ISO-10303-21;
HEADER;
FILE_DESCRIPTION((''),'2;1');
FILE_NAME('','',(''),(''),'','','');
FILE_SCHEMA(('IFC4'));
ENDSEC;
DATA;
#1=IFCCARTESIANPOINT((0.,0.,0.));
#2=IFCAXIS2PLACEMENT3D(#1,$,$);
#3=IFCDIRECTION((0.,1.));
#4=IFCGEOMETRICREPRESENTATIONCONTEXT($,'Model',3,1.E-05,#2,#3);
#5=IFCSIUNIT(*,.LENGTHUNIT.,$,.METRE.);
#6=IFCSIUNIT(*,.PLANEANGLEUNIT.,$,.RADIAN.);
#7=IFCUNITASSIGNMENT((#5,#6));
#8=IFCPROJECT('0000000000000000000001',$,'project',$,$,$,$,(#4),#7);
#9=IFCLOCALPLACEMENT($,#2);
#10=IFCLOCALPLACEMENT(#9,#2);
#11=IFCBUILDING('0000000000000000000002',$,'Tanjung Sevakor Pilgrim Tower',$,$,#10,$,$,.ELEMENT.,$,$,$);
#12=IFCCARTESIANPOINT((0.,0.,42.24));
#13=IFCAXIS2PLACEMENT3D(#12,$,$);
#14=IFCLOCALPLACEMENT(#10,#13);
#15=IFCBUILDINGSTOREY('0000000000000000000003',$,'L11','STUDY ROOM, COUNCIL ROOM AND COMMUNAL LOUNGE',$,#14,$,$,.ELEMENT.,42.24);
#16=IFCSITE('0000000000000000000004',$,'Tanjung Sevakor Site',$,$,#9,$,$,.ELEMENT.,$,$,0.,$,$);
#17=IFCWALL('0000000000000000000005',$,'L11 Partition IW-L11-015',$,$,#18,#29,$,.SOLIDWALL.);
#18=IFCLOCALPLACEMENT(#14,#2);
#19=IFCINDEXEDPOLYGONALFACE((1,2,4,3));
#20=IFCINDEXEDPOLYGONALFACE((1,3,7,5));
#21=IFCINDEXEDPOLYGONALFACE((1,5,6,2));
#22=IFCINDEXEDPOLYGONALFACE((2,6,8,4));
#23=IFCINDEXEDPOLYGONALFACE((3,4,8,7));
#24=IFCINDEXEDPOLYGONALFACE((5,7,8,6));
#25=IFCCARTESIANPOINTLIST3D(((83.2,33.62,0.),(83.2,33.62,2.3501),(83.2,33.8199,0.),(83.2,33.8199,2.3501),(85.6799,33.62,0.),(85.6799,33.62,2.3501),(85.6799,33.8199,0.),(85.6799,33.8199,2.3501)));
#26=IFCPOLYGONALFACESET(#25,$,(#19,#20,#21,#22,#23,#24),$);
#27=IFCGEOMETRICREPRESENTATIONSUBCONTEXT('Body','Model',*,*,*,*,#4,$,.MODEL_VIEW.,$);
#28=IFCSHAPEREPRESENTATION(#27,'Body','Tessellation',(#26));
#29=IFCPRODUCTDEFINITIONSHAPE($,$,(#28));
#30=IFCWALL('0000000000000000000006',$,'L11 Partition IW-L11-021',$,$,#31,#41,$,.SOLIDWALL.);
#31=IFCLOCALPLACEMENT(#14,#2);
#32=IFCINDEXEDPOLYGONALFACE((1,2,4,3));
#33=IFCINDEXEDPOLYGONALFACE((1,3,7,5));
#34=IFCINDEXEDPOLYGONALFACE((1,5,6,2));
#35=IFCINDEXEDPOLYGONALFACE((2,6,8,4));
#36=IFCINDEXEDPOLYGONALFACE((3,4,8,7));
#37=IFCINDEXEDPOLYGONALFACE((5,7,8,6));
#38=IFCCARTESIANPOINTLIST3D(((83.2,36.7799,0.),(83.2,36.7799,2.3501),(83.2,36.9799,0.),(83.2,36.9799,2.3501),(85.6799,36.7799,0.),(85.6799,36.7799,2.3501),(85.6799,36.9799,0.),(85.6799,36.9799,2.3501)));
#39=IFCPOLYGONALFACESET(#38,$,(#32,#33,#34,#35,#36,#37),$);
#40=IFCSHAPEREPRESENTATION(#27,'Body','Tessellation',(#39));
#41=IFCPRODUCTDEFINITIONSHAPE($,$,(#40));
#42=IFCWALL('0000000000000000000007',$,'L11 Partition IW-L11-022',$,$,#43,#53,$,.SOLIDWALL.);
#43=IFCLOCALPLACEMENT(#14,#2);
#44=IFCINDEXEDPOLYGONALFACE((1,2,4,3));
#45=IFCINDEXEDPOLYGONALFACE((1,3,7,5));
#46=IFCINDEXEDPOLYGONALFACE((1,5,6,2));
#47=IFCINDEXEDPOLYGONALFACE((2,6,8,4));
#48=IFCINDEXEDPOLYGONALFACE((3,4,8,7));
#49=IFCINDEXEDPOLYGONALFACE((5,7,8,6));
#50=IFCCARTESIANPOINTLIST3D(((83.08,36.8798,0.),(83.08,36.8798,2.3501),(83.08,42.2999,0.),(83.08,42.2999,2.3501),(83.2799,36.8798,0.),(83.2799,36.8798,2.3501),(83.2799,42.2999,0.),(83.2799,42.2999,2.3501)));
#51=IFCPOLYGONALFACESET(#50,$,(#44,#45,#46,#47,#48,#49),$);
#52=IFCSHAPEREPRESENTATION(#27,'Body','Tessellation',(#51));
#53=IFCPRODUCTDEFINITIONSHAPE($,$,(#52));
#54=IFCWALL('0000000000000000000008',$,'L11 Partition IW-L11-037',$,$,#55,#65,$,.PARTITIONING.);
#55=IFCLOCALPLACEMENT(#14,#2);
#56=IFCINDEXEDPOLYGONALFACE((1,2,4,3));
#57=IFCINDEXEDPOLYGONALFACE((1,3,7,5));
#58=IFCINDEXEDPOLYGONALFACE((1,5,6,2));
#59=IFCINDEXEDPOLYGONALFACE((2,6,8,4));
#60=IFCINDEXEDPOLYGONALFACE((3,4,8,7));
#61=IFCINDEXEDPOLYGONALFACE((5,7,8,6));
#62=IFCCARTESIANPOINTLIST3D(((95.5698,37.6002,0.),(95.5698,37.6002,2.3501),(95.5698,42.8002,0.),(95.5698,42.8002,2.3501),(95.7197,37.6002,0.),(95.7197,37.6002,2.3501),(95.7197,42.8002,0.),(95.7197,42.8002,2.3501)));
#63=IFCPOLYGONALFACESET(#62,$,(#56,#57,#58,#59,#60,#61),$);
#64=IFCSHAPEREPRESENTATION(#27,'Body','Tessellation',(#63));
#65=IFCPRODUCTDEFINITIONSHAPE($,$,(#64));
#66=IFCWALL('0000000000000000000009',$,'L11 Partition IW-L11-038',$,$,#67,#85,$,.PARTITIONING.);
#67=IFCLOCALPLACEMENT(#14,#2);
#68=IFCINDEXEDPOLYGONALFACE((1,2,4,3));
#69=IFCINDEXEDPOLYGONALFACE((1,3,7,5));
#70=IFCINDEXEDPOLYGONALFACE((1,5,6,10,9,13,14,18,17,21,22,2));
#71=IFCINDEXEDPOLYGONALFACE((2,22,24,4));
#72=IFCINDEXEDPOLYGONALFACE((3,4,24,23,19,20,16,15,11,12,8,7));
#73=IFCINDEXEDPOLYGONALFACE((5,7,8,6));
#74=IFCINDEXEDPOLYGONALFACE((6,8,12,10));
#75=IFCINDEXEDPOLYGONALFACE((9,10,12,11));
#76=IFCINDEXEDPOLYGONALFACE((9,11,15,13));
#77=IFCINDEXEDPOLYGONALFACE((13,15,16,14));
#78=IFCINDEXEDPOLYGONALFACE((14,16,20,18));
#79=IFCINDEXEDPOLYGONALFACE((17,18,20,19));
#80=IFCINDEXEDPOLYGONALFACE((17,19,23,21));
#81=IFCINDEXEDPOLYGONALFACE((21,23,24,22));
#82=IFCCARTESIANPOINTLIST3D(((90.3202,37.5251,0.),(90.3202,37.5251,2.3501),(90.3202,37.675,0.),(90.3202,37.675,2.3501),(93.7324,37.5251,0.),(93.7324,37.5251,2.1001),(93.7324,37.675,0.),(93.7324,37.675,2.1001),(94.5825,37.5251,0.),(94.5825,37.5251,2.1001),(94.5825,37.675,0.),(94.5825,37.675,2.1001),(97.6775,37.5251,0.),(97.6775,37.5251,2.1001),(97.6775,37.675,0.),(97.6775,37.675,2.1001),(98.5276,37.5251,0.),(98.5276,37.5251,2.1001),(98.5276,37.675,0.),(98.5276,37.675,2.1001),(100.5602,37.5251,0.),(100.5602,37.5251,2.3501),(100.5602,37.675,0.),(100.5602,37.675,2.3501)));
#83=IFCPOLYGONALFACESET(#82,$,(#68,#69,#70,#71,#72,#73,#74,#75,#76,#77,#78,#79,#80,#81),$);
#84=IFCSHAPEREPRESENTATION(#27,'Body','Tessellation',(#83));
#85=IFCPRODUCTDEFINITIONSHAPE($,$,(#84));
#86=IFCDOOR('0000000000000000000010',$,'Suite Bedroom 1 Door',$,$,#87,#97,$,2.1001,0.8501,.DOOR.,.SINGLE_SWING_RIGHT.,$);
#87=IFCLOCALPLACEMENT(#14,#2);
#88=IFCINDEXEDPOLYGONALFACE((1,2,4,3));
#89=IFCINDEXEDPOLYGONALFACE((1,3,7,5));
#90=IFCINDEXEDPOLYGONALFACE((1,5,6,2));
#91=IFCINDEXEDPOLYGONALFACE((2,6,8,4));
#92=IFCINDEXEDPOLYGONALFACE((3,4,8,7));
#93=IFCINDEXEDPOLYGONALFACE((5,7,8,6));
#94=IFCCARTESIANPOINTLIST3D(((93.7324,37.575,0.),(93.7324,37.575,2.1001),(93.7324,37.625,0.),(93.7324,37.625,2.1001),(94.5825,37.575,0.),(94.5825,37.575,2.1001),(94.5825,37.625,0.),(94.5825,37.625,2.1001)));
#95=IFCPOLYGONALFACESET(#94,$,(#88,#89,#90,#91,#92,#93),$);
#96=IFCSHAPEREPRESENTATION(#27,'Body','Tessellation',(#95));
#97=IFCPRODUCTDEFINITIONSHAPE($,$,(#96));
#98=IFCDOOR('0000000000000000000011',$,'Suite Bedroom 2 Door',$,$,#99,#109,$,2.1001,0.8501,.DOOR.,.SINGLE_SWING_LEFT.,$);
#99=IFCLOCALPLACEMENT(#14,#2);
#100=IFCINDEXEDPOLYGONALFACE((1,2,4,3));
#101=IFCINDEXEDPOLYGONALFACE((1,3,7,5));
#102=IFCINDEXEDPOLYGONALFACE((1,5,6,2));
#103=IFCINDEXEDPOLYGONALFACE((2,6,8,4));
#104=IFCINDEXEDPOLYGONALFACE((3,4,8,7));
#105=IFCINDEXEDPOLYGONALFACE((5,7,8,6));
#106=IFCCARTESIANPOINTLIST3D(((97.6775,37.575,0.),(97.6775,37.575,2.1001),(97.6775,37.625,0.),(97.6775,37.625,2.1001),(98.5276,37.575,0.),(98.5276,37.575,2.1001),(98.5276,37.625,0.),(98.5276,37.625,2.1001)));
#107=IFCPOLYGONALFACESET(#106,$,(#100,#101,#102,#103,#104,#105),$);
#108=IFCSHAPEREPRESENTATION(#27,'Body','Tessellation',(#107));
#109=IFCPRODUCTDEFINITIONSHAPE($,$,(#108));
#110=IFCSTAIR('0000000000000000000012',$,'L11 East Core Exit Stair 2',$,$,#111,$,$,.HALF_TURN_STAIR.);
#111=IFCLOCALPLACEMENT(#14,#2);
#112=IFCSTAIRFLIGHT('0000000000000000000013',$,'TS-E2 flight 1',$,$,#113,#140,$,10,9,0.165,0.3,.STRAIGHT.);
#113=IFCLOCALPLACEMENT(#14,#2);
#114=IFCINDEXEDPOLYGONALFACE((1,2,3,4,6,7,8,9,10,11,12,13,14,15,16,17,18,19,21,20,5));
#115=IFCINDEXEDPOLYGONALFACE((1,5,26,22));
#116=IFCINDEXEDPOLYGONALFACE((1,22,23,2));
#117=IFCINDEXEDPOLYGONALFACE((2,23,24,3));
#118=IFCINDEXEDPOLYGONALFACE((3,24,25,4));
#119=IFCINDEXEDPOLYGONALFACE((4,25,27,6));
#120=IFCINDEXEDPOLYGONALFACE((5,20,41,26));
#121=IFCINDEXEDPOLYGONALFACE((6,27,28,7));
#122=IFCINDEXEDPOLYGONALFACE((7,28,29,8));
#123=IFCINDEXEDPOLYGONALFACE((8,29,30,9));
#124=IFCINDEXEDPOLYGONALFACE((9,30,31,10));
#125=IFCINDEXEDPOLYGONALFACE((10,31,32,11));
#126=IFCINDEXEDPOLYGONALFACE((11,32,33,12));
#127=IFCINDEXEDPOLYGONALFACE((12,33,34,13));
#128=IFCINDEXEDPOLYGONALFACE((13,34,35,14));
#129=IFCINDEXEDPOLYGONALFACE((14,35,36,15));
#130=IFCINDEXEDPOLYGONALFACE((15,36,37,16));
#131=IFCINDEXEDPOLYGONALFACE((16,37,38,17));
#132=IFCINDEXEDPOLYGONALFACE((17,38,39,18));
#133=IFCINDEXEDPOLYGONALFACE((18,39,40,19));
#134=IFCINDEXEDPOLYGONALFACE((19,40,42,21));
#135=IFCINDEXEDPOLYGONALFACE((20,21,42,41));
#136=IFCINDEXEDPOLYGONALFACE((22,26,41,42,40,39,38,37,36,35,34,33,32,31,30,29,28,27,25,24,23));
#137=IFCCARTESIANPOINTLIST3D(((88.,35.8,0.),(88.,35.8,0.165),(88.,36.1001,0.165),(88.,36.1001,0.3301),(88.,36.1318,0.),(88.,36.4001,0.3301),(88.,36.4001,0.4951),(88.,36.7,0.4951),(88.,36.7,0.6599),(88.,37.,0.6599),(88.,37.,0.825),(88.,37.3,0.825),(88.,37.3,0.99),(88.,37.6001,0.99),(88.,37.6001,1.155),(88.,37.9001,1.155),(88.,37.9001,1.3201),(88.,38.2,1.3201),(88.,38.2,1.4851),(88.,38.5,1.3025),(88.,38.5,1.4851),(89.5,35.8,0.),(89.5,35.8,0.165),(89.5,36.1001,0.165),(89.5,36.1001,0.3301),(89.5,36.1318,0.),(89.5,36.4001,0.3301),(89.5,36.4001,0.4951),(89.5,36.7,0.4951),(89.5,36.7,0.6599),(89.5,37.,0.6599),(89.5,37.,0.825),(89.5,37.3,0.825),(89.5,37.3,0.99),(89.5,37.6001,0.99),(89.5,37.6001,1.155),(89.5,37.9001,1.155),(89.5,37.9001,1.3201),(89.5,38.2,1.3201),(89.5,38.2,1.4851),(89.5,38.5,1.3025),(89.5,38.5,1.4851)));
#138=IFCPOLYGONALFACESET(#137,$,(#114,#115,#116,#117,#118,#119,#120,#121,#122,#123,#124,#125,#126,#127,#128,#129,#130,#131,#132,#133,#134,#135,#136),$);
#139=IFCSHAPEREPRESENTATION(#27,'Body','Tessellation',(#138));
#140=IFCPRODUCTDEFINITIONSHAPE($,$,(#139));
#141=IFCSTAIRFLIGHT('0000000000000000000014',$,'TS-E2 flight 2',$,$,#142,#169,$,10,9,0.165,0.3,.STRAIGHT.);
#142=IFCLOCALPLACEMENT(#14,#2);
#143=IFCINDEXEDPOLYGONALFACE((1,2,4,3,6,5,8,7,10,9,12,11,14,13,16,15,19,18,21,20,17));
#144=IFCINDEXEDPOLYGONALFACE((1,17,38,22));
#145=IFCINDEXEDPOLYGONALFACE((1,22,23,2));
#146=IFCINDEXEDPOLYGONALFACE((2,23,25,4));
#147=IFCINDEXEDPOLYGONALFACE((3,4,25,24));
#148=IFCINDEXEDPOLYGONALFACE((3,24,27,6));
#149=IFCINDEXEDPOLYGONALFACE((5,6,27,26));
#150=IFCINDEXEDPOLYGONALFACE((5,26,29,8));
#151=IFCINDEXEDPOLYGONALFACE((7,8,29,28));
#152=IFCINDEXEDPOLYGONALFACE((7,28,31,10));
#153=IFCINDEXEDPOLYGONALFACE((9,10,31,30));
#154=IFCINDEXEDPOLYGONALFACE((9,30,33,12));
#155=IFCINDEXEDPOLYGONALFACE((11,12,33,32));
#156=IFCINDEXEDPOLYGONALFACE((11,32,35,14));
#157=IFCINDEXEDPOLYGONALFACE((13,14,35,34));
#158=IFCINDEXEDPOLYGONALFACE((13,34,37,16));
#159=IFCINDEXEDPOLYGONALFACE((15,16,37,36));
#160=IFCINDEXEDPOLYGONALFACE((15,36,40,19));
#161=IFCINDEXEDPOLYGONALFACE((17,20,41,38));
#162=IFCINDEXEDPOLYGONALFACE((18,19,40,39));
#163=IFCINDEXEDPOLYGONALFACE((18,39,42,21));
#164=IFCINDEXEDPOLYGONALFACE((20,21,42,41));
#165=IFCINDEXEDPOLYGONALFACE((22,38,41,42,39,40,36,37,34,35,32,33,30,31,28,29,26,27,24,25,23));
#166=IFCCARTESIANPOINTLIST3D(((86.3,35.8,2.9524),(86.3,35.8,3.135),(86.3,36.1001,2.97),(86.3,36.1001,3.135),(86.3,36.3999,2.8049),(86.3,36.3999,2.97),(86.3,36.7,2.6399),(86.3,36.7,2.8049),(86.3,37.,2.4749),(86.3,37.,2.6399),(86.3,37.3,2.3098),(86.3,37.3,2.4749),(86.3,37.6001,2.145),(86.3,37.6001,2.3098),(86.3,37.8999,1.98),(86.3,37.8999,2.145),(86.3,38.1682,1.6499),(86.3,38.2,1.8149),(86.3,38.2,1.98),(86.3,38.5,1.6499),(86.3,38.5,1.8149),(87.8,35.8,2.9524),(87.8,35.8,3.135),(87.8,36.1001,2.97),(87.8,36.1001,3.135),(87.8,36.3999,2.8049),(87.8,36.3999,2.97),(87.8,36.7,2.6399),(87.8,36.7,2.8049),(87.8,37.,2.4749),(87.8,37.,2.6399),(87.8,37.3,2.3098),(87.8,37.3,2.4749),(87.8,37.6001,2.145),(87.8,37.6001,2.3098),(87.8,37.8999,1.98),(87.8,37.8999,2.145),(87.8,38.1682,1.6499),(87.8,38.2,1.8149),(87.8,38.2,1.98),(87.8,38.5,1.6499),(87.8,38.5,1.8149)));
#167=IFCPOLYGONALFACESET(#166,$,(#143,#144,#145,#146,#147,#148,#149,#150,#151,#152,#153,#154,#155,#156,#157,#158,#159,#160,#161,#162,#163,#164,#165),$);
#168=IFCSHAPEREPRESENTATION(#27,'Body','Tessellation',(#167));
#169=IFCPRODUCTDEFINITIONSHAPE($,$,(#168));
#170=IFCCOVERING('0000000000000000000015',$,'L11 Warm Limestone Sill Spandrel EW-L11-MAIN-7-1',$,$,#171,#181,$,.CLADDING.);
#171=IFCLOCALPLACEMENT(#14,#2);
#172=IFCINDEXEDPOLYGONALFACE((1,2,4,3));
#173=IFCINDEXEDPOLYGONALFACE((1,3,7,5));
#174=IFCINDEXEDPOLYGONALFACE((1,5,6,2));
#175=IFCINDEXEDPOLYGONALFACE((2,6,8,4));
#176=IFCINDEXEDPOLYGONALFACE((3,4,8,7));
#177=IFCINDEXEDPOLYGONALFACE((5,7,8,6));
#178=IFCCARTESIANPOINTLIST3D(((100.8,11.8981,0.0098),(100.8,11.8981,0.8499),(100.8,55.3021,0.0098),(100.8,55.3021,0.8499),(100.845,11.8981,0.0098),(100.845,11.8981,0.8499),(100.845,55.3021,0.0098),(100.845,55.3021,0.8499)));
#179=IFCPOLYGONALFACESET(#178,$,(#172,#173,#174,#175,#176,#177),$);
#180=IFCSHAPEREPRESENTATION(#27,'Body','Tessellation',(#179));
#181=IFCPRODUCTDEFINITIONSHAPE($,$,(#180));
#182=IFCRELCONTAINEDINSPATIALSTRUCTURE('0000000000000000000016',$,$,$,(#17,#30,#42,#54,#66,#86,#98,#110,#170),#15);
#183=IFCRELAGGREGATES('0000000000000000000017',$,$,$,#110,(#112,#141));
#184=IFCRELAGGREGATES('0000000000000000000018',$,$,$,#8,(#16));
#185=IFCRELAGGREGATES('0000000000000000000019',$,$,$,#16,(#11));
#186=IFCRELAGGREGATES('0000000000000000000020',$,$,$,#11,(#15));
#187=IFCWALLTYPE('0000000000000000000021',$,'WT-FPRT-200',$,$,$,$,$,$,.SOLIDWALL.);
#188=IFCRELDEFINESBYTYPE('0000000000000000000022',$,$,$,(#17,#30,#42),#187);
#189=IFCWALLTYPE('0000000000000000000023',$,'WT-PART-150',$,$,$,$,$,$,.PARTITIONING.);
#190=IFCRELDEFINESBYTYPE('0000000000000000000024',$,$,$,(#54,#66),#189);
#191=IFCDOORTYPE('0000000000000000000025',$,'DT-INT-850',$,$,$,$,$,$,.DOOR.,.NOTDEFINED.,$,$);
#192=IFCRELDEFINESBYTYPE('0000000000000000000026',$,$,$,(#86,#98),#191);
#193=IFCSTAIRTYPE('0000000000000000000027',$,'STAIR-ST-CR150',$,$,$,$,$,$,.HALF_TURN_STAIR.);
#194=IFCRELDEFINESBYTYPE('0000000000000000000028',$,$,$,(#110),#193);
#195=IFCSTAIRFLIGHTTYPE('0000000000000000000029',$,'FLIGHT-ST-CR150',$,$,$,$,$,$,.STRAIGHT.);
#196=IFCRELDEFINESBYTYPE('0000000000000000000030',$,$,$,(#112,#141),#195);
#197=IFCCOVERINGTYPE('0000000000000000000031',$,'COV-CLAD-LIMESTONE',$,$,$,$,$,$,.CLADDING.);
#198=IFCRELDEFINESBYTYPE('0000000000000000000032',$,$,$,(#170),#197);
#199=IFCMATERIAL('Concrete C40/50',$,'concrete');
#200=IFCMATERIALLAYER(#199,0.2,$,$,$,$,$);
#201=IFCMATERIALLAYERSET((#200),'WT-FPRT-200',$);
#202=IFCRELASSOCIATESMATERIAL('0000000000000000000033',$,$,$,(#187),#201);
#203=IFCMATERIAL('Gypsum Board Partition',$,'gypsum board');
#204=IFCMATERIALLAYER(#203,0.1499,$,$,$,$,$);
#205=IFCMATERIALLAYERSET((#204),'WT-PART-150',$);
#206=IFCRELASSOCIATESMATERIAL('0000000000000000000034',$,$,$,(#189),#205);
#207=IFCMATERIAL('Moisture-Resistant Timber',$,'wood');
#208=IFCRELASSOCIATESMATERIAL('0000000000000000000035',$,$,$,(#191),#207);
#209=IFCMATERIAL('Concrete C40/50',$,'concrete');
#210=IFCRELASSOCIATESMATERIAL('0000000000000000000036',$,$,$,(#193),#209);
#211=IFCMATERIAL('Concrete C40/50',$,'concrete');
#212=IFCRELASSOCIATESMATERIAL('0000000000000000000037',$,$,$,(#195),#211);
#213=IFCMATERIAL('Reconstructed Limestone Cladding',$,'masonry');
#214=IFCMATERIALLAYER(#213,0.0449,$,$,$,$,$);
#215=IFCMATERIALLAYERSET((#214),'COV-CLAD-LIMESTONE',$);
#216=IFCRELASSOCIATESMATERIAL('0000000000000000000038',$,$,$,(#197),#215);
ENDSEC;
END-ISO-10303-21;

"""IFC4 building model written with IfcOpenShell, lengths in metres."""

from ifc_helpers import new_model, si_unit, direction, frame, frame_2d, origin, origin_2d, place, context, subcontext, project, spatial, polyline, rectangle, outline, extrude, material, layer, layer_set, type_object, element, fill, aggregate, save


model = new_model("IFC4")

# Units and contexts
model_context = context("Model", 3, precision=1e-05, world=origin(), true_north=direction((0.0, 1.0)))
body_context = subcontext(model_context, "Body", "Model", "MODEL_VIEW")
ifc_project = project(units=[si_unit("LENGTHUNIT", "METRE"), si_unit("PLANEANGLEUNIT", "RADIAN")], contexts=[model_context])

# Site, building, storey
site_placement = place(None, origin())
site = spatial("IfcSite", under=ifc_project, at=site_placement, Name="Tanjung Sevakor Site", CompositionType="ELEMENT", RefElevation=0.0)
building_placement = place(site_placement, origin())
building = spatial("IfcBuilding", under=site, at=building_placement, Name="Tanjung Sevakor Pilgrim Tower", CompositionType="ELEMENT")
storey_placement = place(building_placement, frame((0.0, 0.0, 42.24)))
storey = spatial("IfcBuildingStorey", under=building, at=storey_placement, Name="L11", Description="STUDY ROOM, COUNCIL ROOM AND COMMUNAL LOUNGE", CompositionType="ELEMENT", Elevation=42.24)

# Walls
ifc_material_1 = material(Name="Concrete C40/50", Category="concrete")
ifc_layer_1 = layer(ifc_material_1, 0.2)
ifc_layer_set_1 = layer_set([ifc_layer_1], Name="WT-FPRT-200")
wall_type_1 = type_object("IfcWallType", Name="WT-FPRT-200", PredefinedType="SOLIDWALL", material=ifc_layer_set_1)
for number, where, z_axis, x_axis, name in (
    (1, (83.2, 33.72, 0.0), (0.0, 0.0, 1.0), (1.0, 0.0, 0.0), "L11 Partition IW-L11-015"),
    (2, (83.2, 36.8799, 0.0), (0.0, 0.0, 1.0), (1.0, 0.0, 0.0), "L11 Partition IW-L11-021"),
):
    element("IfcWall", number, at=place(storey_placement, frame(where, z_axis=z_axis, x_axis=x_axis)), inside=storey, type_object=wall_type_1, Name=name, PredefinedType="SOLIDWALL", context=body_context, shape_type="SweptSolid", body=[
        extrude(rectangle(XDim=2.48, YDim=0.2, at=frame_2d((1.24, 0.0))), origin(), (0.0, 0.0, 1.0), 2.3501),
    ])
wall_1_placement = place(storey_placement, frame((83.1799, 36.8799, 0.0), z_axis=(0.0, 0.0, 1.0), x_axis=(0.0, 1.0, 0.0)))
element("IfcWall", 3, at=wall_1_placement, inside=storey, type_object=wall_type_1, Name="L11 Partition IW-L11-022", PredefinedType="SOLIDWALL", context=body_context, shape_type="SweptSolid", body=[
    extrude(rectangle(XDim=5.4202, YDim=0.2, at=frame_2d((2.71, 0.0))), origin(), (0.0, 0.0, 1.0), 2.3501),
])
ifc_material_2 = material(Name="Gypsum Board Partition", Category="gypsum board")
ifc_layer_2 = layer(ifc_material_2, 0.1499)
ifc_layer_set_2 = layer_set([ifc_layer_2], Name="WT-PART-150")
wall_type_2 = type_object("IfcWallType", Name="WT-PART-150", PredefinedType="PARTITIONING", material=ifc_layer_set_2)
wall_2_placement = place(storey_placement, frame((95.6448, 37.6001, 0.0), z_axis=(0.0, 0.0, 1.0), x_axis=(0.0, 1.0, 0.0)))
element("IfcWall", 4, at=wall_2_placement, inside=storey, type_object=wall_type_2, Name="L11 Partition IW-L11-037", PredefinedType="PARTITIONING", context=body_context, shape_type="SweptSolid", body=[
    extrude(rectangle(XDim=5.2, YDim=0.1499, at=frame_2d((2.6001, 0.0))), origin(), (0.0, 0.0, 1.0), 2.3501),
])

# Wall, openings, doors
wall_3_placement = place(storey_placement, frame((90.3201, 37.6001, 0.0), z_axis=(0.0, 0.0, 1.0), x_axis=(1.0, 0.0, 0.0)))
wall_3 = element("IfcWall", 5, at=wall_3_placement, inside=storey, type_object=wall_type_2, Name="L11 Partition IW-L11-038", PredefinedType="PARTITIONING", context=body_context, shape_type="SweptSolid", body=[
    extrude(rectangle(XDim=10.24, YDim=0.1499, at=frame_2d((5.1201, 0.0))), origin(), (0.0, 0.0, 1.0), 2.3501),
])
opening_1_placement = place(wall_3_placement, frame((3.4124, 0.0, 0.0)))
opening_1 = element("IfcOpeningElement", 6, at=opening_1_placement, cuts=wall_3, PredefinedType="OPENING", context=body_context, shape_type="SweptSolid", body=[
    extrude(rectangle(XDim=0.8501, YDim=2.1001, at=frame_2d((0.425, 1.05))), frame((0.0, 0.085, 0.0), z_axis=(0.0, -1.0, 0.0), x_axis=(1.0, 0.0, 0.0)), (0.0, 0.0, 1.0), 0.1699),
])
opening_2_placement = place(wall_3_placement, frame((7.3574, 0.0, 0.0)))
opening_2 = element("IfcOpeningElement", 7, at=opening_2_placement, cuts=wall_3, PredefinedType="OPENING", context=body_context, shape_type="SweptSolid", body=[
    extrude(rectangle(XDim=0.8501, YDim=2.1001, at=frame_2d((0.425, 1.05))), frame((0.0, 0.085, 0.0), z_axis=(0.0, -1.0, 0.0), x_axis=(1.0, 0.0, 0.0)), (0.0, 0.0, 1.0), 0.1699),
])
ifc_material_3 = material(Name="Moisture-Resistant Timber", Category="wood")
door_type = type_object("IfcDoorType", Name="DT-INT-850", OperationType="NOTDEFINED", PredefinedType="DOOR", material=ifc_material_3)
door_1_placement = place(opening_1_placement, origin())
door_1 = element("IfcDoor", 8, at=door_1_placement, inside=storey, type_object=door_type, Name="Suite Bedroom 1 Door", OperationType="SINGLE_SWING_RIGHT", OverallHeight=2.1001, OverallWidth=0.8501, PredefinedType="DOOR", context=body_context, shape_type="SweptSolid", body=[
    extrude(rectangle(XDim=0.8501, YDim=2.1001, at=frame_2d((0.425, 1.05))), frame((0.0, 0.0249, 0.0), z_axis=(0.0, -1.0, 0.0), x_axis=(1.0, 0.0, 0.0)), (0.0, 0.0, 1.0), 0.05),
])
fill(opening_1, door_1)
door_2_placement = place(opening_2_placement, origin())
door_2 = element("IfcDoor", 9, at=door_2_placement, inside=storey, type_object=door_type, Name="Suite Bedroom 2 Door", OperationType="SINGLE_SWING_LEFT", OverallHeight=2.1001, OverallWidth=0.8501, PredefinedType="DOOR", context=body_context, shape_type="SweptSolid", body=[
    extrude(rectangle(XDim=0.8501, YDim=2.1001, at=frame_2d((0.425, 1.05))), frame((0.0, 0.0249, 0.0), z_axis=(0.0, -1.0, 0.0), x_axis=(1.0, 0.0, 0.0)), (0.0, 0.0, 1.0), 0.05),
])
fill(opening_2, door_2)

# Stair, stair flights
ifc_material_4 = material(Name="Concrete C40/50", Category="concrete")
stair_type = type_object("IfcStairType", Name="STAIR-ST-CR150", PredefinedType="HALF_TURN_STAIR", material=ifc_material_4)
stair_placement = place(storey_placement, origin())
stair = element("IfcStair", 10, at=stair_placement, inside=storey, type_object=stair_type, Name="L11 East Core Exit Stair 2", PredefinedType="HALF_TURN_STAIR")
ifc_material_5 = material(Name="Concrete C40/50", Category="concrete")
stair_flight_type = type_object("IfcStairFlightType", Name="FLIGHT-ST-CR150", PredefinedType="STRAIGHT", material=ifc_material_5)
stair_flight_1_placement = place(storey_placement, frame((88.75, 35.8, 0.0), z_axis=(0.0, 0.0, 1.0), x_axis=(0.0, 1.0, 0.0)))
stair_flight_1 = element("IfcStairFlight", 11, at=stair_flight_1_placement, type_object=stair_flight_type, Name="TS-E2 flight 1", NumberOfRisers=10, NumberOfTreads=9, PredefinedType="STRAIGHT", RiserHeight=0.165, TreadLength=0.3, context=body_context, shape_type="SweptSolid", body=[
    extrude(outline(polyline([(0.0, 0.0), (0.0, 0.165), (0.3, 0.165), (0.3, 0.3301), (0.6001, 0.3301), (0.6001, 0.4951), (0.8999, 0.4951), (0.8999, 0.6599), (1.2, 0.6599), (1.2, 0.825), (1.5, 0.825), (1.5, 0.99), (1.8, 0.99), (1.8, 1.155), (2.1001, 1.155), (2.1001, 1.3201), (2.3999, 1.3201), (2.3999, 1.4851), (2.7, 1.4851), (2.7, 1.6499), (2.7, 1.3025), (0.3318, 0.0), (0.0, 0.0)])), frame((0.0, 0.75, 0.0), z_axis=(0.0, -1.0, 0.0), x_axis=(1.0, 0.0, 0.0)), (0.0, 0.0, 1.0), 1.5),
])
stair_flight_2_placement = place(storey_placement, frame((87.05, 38.5, 1.6499), z_axis=(0.0, 0.0, 1.0), x_axis=(0.0, -1.0, 0.0)))
stair_flight_2 = element("IfcStairFlight", 12, at=stair_flight_2_placement, type_object=stair_flight_type, Name="TS-E2 flight 2", NumberOfRisers=10, NumberOfTreads=9, PredefinedType="STRAIGHT", RiserHeight=0.165, TreadLength=0.3, context=body_context, shape_type="SweptSolid", body=[
    extrude(outline(polyline([(0.0, 0.0), (0.0, 0.165), (0.3, 0.165), (0.3, 0.3301), (0.6001, 0.3301), (0.6001, 0.4951), (0.8999, 0.4951), (0.8999, 0.6599), (1.2, 0.6599), (1.2, 0.825), (1.5, 0.825), (1.5, 0.99), (1.8, 0.99), (1.8, 1.155), (2.1001, 1.155), (2.1001, 1.3201), (2.3999, 1.3201), (2.3999, 1.4851), (2.7, 1.4851), (2.7, 1.6499), (2.7, 1.3025), (0.3318, 0.0), (0.0, 0.0)])), frame((0.0, 0.75, 0.0), z_axis=(0.0, -1.0, 0.0), x_axis=(1.0, 0.0, 0.0)), (0.0, 0.0, 1.0), 1.5),
])
aggregate(stair, [stair_flight_1, stair_flight_2])

# Covering
ifc_material_6 = material(Name="Reconstructed Limestone Cladding", Category="masonry")
ifc_layer_3 = layer(ifc_material_6, 0.0449)
ifc_layer_set_3 = layer_set([ifc_layer_3], Name="COV-CLAD-LIMESTONE")
covering_type = type_object("IfcCoveringType", Name="COV-CLAD-LIMESTONE", PredefinedType="CLADDING", material=ifc_layer_set_3)
covering_1_placement = place(storey_placement, frame((100.8225, 33.6001, 0.0098), z_axis=(0.0, 0.0, 1.0), x_axis=(0.0, 1.0, 0.0)))
element("IfcCovering", 13, at=covering_1_placement, inside=storey, type_object=covering_type, Name="L11 Warm Limestone Sill Spandrel EW-L11-MAIN-7-1", PredefinedType="CLADDING", context=body_context, shape_type="SweptSolid", body=[
    extrude(rectangle(XDim=43.4041, YDim=0.0449, at=origin_2d()), origin(), (0.0, 0.0, 1.0), 0.8401),
])

save(model, "model.ifc")
